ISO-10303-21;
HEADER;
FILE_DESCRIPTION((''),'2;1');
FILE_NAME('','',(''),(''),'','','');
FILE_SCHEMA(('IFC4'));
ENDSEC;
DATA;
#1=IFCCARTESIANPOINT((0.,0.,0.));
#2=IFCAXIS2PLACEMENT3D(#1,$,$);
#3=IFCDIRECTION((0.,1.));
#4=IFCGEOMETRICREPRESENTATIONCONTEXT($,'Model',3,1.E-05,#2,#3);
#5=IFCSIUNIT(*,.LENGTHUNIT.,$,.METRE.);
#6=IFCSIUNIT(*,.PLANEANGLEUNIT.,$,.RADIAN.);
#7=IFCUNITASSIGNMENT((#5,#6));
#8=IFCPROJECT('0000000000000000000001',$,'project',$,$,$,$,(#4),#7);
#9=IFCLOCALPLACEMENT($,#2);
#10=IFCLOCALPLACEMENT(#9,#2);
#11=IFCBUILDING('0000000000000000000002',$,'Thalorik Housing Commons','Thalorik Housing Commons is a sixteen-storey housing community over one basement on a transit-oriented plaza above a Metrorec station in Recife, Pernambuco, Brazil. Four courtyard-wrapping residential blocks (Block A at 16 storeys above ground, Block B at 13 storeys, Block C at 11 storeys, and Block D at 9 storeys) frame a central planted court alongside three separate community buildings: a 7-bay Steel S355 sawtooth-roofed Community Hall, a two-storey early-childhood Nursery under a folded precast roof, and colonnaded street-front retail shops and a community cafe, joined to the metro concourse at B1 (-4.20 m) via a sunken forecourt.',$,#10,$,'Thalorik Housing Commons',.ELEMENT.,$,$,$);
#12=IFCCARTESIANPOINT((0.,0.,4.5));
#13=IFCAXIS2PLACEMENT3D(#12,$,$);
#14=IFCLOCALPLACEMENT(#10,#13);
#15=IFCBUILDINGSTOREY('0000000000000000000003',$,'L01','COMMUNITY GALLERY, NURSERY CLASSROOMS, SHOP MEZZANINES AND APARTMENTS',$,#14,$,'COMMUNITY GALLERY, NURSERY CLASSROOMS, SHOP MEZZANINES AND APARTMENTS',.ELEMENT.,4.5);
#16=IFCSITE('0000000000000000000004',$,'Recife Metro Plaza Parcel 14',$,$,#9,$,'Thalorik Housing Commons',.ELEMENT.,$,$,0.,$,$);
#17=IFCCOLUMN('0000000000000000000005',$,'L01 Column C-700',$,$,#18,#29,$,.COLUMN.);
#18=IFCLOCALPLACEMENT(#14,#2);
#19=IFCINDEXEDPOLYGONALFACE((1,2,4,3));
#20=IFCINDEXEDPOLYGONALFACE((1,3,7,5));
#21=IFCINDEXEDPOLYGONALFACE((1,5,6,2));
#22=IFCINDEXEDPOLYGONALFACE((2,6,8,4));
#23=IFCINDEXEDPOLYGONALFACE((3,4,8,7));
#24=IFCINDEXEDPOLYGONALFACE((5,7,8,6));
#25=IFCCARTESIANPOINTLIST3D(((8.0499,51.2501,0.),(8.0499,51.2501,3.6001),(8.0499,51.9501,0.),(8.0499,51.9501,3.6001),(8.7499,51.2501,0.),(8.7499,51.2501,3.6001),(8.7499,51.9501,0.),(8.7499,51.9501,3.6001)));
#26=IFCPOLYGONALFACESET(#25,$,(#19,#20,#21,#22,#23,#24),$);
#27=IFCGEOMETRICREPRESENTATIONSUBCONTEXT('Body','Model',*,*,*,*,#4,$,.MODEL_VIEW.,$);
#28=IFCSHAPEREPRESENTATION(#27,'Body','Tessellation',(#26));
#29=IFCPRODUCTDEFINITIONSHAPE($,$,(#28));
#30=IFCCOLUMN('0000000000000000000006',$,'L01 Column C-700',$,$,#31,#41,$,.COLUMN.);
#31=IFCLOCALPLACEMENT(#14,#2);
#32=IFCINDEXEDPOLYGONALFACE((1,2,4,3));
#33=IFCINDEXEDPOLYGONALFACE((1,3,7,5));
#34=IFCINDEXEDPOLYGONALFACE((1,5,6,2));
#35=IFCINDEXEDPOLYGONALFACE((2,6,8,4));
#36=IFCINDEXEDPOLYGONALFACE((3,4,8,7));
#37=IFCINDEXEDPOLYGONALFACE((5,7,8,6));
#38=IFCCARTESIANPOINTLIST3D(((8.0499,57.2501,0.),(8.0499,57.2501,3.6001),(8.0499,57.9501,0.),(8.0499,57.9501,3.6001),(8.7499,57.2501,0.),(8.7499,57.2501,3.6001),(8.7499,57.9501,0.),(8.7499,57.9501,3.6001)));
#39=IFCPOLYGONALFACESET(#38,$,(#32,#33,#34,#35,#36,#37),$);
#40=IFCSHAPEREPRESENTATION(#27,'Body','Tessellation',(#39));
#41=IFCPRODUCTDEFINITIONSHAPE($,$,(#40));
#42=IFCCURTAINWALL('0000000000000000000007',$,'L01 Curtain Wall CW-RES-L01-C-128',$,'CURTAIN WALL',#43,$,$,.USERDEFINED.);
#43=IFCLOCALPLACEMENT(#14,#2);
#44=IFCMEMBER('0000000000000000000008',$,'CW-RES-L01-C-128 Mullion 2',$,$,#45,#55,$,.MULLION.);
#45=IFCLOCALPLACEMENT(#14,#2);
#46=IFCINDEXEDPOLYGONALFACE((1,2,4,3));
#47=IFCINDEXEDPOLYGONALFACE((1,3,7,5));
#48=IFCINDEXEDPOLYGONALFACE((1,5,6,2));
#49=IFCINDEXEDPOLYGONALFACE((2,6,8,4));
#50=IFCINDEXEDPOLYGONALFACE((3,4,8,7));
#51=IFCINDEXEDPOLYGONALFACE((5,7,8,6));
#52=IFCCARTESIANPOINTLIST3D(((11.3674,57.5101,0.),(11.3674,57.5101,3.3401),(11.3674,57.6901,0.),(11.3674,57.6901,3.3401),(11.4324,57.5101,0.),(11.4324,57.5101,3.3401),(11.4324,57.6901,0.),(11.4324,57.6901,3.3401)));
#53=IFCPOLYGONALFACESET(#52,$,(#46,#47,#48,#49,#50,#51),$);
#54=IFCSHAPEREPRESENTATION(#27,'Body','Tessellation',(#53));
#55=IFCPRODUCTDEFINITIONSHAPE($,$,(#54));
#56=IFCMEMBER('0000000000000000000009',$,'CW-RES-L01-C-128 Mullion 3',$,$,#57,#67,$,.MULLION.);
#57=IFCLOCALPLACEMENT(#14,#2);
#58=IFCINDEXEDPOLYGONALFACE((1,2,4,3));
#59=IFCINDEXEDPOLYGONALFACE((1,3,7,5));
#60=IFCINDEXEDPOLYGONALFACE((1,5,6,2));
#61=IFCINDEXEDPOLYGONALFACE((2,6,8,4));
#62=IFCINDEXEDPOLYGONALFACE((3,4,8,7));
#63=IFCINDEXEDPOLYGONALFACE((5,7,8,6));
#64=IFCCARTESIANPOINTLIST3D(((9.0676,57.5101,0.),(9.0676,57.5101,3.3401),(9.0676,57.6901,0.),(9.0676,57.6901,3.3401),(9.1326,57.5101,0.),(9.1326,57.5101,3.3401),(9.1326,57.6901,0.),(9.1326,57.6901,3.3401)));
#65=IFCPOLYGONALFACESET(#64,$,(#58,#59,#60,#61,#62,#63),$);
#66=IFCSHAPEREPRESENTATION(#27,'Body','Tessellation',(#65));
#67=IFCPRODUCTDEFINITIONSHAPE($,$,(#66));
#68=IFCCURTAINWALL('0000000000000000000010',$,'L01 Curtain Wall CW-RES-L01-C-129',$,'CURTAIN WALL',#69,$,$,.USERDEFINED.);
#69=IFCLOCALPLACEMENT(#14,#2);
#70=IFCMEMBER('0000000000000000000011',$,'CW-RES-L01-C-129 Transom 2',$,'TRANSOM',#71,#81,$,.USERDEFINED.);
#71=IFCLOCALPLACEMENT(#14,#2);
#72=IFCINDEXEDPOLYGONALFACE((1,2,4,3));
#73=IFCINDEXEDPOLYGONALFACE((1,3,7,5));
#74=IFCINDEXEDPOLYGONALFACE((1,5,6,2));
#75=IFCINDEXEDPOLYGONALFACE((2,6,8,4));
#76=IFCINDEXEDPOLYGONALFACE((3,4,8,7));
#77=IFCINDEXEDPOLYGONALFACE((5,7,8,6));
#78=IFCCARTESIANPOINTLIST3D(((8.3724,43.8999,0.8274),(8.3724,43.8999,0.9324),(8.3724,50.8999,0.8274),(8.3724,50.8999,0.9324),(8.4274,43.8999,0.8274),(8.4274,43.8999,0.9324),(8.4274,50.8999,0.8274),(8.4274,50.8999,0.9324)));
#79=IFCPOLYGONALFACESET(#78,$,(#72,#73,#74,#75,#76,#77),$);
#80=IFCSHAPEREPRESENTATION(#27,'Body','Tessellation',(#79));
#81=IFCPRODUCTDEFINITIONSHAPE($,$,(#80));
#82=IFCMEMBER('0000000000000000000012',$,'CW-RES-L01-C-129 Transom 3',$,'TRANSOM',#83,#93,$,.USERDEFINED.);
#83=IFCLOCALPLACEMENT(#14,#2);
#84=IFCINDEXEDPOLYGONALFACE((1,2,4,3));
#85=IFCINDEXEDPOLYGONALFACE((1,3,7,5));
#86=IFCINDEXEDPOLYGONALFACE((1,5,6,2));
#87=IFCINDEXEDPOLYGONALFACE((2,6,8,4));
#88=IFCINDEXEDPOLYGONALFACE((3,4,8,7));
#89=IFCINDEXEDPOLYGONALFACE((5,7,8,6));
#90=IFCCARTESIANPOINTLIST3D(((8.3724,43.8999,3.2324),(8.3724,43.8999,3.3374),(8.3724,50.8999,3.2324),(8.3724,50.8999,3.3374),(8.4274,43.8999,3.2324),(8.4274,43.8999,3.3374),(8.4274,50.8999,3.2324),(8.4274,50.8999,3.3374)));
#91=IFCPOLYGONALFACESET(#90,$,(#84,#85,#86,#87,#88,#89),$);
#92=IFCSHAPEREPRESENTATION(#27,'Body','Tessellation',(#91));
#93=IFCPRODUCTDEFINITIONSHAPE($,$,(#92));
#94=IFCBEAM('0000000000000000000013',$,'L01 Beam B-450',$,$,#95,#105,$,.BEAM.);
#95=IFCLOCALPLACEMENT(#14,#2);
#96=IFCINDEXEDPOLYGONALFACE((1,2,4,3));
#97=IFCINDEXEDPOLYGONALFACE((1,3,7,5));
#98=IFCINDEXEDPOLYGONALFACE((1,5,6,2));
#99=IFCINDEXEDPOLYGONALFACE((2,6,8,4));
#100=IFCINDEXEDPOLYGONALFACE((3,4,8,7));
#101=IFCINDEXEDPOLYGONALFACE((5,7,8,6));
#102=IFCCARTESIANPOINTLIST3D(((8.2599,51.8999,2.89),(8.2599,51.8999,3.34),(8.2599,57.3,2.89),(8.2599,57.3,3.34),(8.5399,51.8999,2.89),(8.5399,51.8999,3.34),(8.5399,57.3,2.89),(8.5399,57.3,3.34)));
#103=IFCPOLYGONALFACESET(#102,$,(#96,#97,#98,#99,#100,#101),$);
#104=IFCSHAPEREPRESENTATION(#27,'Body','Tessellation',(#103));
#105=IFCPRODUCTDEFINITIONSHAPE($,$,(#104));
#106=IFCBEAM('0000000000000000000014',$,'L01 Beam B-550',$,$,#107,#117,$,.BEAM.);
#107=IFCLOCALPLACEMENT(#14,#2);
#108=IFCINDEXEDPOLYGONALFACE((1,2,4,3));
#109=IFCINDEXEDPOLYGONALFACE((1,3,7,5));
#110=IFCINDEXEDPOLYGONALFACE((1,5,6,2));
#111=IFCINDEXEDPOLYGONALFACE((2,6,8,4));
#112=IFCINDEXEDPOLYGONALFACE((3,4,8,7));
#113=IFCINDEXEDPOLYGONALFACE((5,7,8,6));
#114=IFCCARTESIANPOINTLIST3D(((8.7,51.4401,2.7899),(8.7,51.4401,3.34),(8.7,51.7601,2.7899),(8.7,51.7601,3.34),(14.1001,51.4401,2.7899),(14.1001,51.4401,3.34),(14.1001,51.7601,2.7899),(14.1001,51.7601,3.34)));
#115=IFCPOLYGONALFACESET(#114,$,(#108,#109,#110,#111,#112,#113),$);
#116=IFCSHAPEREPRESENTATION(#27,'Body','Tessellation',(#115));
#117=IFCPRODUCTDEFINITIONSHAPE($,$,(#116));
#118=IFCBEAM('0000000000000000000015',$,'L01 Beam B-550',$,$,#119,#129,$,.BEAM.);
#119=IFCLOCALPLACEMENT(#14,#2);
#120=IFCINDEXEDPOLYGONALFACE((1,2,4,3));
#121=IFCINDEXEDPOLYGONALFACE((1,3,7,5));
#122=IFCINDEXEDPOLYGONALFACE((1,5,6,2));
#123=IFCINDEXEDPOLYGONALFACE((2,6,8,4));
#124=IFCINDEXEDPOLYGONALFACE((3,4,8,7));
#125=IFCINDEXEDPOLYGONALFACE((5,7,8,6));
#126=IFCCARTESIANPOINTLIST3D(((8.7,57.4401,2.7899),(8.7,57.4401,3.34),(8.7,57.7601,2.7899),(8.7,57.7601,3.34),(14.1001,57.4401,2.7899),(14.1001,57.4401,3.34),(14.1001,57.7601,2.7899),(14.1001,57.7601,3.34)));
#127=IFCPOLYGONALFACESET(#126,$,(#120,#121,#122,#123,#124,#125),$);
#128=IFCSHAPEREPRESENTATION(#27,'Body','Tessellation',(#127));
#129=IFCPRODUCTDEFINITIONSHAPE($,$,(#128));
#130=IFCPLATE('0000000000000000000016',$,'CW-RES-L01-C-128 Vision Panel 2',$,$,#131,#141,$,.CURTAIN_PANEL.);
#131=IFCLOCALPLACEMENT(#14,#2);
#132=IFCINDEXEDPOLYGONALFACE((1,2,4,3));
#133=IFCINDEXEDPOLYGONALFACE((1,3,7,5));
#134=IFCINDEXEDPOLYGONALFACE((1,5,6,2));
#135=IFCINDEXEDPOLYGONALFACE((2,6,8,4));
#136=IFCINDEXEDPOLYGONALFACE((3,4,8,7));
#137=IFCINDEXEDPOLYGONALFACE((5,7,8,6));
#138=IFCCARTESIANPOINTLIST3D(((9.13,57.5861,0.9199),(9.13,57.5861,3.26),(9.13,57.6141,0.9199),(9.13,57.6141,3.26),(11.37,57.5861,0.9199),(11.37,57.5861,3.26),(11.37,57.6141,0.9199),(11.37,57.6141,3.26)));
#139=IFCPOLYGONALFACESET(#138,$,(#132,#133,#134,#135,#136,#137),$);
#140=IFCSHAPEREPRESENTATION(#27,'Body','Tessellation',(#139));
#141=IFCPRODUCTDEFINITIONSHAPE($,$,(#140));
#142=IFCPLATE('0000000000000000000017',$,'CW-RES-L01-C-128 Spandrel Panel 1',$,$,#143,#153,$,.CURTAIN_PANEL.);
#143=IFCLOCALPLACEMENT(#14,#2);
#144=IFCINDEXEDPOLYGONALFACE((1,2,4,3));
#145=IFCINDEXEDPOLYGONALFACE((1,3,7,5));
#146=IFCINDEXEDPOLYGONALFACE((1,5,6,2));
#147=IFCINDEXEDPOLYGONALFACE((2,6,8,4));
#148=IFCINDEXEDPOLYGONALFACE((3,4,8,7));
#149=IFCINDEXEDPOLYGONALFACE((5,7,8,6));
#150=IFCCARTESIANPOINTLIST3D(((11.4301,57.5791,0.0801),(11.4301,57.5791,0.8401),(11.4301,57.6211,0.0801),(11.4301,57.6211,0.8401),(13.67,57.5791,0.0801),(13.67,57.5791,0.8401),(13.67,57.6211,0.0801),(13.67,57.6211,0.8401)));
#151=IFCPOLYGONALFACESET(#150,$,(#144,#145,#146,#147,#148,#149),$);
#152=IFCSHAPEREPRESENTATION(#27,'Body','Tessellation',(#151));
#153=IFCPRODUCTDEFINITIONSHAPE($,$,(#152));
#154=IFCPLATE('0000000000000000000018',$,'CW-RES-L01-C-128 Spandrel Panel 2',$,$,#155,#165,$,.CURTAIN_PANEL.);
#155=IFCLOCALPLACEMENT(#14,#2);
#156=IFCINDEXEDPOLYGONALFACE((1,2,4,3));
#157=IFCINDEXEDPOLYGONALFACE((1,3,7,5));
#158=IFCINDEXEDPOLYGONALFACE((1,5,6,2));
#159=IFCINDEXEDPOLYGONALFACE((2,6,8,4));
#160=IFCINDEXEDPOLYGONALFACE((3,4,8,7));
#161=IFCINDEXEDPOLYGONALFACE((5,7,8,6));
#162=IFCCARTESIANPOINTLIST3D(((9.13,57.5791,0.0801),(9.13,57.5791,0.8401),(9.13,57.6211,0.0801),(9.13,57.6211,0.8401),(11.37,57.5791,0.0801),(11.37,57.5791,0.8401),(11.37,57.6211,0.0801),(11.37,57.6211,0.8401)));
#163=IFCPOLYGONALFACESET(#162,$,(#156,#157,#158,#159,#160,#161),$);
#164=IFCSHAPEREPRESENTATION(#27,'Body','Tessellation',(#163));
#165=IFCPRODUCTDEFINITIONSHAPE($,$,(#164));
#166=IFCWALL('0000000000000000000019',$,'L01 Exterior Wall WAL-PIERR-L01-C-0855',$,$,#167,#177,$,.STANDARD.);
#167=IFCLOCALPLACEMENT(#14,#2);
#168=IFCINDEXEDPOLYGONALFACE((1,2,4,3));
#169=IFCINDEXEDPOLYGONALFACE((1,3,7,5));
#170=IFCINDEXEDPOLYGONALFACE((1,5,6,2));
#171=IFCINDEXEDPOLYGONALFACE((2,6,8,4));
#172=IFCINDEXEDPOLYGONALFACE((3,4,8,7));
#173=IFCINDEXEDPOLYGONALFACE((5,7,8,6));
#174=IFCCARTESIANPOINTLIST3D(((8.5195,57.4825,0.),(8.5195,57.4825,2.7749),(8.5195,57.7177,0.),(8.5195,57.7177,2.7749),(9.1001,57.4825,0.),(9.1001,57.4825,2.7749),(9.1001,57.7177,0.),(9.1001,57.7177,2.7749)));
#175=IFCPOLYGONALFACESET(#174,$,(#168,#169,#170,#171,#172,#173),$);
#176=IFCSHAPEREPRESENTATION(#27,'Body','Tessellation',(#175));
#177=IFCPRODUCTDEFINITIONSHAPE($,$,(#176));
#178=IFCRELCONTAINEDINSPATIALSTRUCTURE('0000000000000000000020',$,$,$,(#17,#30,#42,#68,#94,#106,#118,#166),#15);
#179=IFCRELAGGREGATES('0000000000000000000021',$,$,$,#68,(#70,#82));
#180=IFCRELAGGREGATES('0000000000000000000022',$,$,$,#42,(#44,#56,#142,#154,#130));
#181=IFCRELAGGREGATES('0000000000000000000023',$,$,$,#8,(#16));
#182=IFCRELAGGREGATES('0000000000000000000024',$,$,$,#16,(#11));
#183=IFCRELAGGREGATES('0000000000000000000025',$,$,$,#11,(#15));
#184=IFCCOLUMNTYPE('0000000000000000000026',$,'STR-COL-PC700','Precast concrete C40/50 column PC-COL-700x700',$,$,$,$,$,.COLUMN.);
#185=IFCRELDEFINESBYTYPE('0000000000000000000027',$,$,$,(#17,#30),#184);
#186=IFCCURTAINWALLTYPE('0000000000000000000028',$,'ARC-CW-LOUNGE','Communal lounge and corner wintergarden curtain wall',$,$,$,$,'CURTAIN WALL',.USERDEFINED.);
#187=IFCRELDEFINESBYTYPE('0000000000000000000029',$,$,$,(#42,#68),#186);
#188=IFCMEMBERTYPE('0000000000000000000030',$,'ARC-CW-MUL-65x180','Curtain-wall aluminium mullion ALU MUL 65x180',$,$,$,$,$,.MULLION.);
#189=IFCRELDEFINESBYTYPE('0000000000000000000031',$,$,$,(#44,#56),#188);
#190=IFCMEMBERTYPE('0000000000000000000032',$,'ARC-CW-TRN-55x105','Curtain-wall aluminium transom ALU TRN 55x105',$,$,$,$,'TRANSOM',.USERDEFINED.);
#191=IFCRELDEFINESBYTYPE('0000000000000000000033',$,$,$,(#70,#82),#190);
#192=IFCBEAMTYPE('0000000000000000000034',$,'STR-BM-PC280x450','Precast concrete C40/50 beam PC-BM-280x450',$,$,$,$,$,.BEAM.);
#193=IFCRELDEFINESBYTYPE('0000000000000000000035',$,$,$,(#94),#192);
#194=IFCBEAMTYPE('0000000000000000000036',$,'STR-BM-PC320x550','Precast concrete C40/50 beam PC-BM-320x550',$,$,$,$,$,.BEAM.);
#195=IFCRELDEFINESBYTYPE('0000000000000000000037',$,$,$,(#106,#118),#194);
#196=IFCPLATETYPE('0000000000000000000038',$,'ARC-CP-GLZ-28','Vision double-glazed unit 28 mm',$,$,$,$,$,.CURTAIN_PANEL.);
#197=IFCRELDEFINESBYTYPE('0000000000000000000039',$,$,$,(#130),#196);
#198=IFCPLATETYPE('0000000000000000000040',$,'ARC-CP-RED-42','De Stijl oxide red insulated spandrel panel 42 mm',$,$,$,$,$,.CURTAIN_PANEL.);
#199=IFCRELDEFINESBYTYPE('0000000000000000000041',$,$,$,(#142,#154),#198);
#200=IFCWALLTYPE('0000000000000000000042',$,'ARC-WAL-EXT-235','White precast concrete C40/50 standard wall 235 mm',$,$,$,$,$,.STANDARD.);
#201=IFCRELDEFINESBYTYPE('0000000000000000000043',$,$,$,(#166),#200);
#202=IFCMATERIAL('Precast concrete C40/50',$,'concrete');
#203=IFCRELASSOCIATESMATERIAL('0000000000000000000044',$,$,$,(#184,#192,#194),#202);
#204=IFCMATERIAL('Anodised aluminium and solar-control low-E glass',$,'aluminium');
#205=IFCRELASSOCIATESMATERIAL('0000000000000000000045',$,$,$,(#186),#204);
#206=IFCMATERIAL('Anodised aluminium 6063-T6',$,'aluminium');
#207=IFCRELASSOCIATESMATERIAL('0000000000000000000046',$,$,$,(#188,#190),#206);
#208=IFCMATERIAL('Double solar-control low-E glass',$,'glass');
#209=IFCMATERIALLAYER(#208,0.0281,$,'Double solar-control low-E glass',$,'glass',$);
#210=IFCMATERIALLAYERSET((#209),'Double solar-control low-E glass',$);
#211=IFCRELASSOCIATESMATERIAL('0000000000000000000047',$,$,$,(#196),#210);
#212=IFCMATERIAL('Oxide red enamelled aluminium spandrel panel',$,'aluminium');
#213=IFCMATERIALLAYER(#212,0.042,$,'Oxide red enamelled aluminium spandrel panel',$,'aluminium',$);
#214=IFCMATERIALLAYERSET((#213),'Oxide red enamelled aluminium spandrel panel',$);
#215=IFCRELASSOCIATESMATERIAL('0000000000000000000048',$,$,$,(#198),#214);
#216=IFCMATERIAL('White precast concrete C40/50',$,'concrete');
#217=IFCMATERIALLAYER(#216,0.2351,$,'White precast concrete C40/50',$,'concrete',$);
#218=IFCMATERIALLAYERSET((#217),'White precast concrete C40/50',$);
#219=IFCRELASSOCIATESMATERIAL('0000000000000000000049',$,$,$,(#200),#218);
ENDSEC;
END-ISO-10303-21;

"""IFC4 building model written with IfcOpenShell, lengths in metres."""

from ifc_helpers import new_model, si_unit, direction, frame, frame_2d, origin, origin_2d, place, context, subcontext, project, spatial, rectangle, extrude, material, layer, layer_set, material_profile, profile_set, type_object, element, aggregate, save


model = new_model("IFC4")

# Units and contexts
model_context = context("Model", 3, precision=1e-05, world=origin(), true_north=direction((0.0, 1.0)))
body_context = subcontext(model_context, "Body", "Model", "MODEL_VIEW")
ifc_project = project(units=[si_unit("LENGTHUNIT", "METRE"), si_unit("PLANEANGLEUNIT", "RADIAN")], contexts=[model_context])

# Site, building, storey
site_placement = place(None, origin())
site = spatial("IfcSite", under=ifc_project, at=site_placement, Name="Recife Metro Plaza Parcel 14", LongName="Thalorik Housing Commons", CompositionType="ELEMENT", RefElevation=0.0)
building_placement = place(site_placement, origin())
building = spatial("IfcBuilding", under=site, at=building_placement, Name="Thalorik Housing Commons", Description="Thalorik Housing Commons is a sixteen-storey housing community over one basement on a transit-oriented plaza above a Metrorec station in Recife, Pernambuco, Brazil. Four courtyard-wrapping residential blocks (Block A at 16 storeys above ground, Block B at 13 storeys, Block C at 11 storeys, and Block D at 9 storeys) frame a central planted court alongside three separate community buildings: a 7-bay Steel S355 sawtooth-roofed Community Hall, a two-storey early-childhood Nursery under a folded precast roof, and colonnaded street-front retail shops and a community cafe, joined to the metro concourse at B1 (-4.20 m) via a sunken forecourt.", LongName="Thalorik Housing Commons", CompositionType="ELEMENT")
storey_placement = place(building_placement, frame((0.0, 0.0, 4.5)))
storey = spatial("IfcBuildingStorey", under=building, at=storey_placement, Name="L01", Description="COMMUNITY GALLERY, NURSERY CLASSROOMS, SHOP MEZZANINES AND APARTMENTS", LongName="COMMUNITY GALLERY, NURSERY CLASSROOMS, SHOP MEZZANINES AND APARTMENTS", CompositionType="ELEMENT", Elevation=4.5)

# Columns
ifc_material_1 = material(Name="Precast concrete C40/50", Category="concrete")
ifc_material_profile_1 = material_profile(ifc_material_1, rectangle(XDim=0.7, YDim=0.7, at=origin_2d()), Name="PC 700x700", Category="concrete")
ifc_profile_set_1 = profile_set([ifc_material_profile_1], Name="Precast concrete C40/50")
column_type = type_object("IfcColumnType", Name="STR-COL-PC700", Description="Precast concrete C40/50 column PC-COL-700x700", PredefinedType="COLUMN", material=ifc_profile_set_1)
for number, where, z_axis, x_axis, name in (
    (1, (8.3999, 51.6001, 0.0), (0.0, 0.0, 1.0), (1.0, 0.0, 0.0), "L01 Column C-700"),
    (2, (8.3999, 57.6001, 0.0), (0.0, 0.0, 1.0), (1.0, 0.0, 0.0), "L01 Column C-700"),
):
    element("IfcColumn", number, at=place(storey_placement, frame(where, z_axis=z_axis, x_axis=x_axis)), inside=storey, type_object=column_type, Name=name, PredefinedType="COLUMN", context=body_context, shape_type="SweptSolid", body=[
        extrude(rectangle(XDim=0.7, YDim=0.7, at=origin_2d()), origin(), (0.0, 0.0, 1.0), 3.6001),
    ])

# Curtain walls, members
ifc_material_2 = material(Name="Anodised aluminium and solar-control low-E glass", Category="aluminium")
curtain_wall_type = type_object("IfcCurtainWallType", Name="ARC-CW-LOUNGE", Description="Communal lounge and corner wintergarden curtain wall", ElementType="CURTAIN WALL", PredefinedType="USERDEFINED", material=ifc_material_2)
curtain_wall_1_placement = place(storey_placement, origin())
curtain_wall_1 = element("IfcCurtainWall", 3, at=curtain_wall_1_placement, inside=storey, type_object=curtain_wall_type, Name="L01 Curtain Wall CW-RES-L01-C-128", ObjectType="CURTAIN WALL", PredefinedType="USERDEFINED")
ifc_material_3 = material(Name="Anodised aluminium 6063-T6", Category="aluminium")
ifc_material_profile_2 = material_profile(ifc_material_3, rectangle(XDim=0.0649, YDim=0.1799, at=origin_2d()), Name="ALU MUL 65x180", Category="aluminium")
ifc_profile_set_2 = profile_set([ifc_material_profile_2], Name="Anodised aluminium 6063-T6")
member_type_1 = type_object("IfcMemberType", Name="ARC-CW-MUL-65x180", Description="Curtain-wall aluminium mullion ALU MUL 65x180", PredefinedType="MULLION", material=ifc_profile_set_2)
member_1_placement = place(storey_placement, frame((11.3999, 57.6001, 0.0), z_axis=(0.0, 0.0, 1.0), x_axis=(-1.0, 0.0, 0.0)))
member_1 = element("IfcMember", 4, at=member_1_placement, type_object=member_type_1, Name="CW-RES-L01-C-128 Mullion 2", PredefinedType="MULLION", context=body_context, shape_type="SweptSolid", body=[
    extrude(rectangle(XDim=0.0649, YDim=0.1799, at=origin_2d()), origin(), (0.0, 0.0, 1.0), 3.3401),
])
member_2_placement = place(storey_placement, frame((9.1001, 57.6001, 0.0), z_axis=(0.0, 0.0, 1.0), x_axis=(-1.0, 0.0, 0.0)))
member_2 = element("IfcMember", 5, at=member_2_placement, type_object=member_type_1, Name="CW-RES-L01-C-128 Mullion 3", PredefinedType="MULLION", context=body_context, shape_type="SweptSolid", body=[
    extrude(rectangle(XDim=0.0649, YDim=0.1799, at=origin_2d()), origin(), (0.0, 0.0, 1.0), 3.3401),
])
curtain_wall_2_placement = place(storey_placement, origin())
curtain_wall_2 = element("IfcCurtainWall", 6, at=curtain_wall_2_placement, inside=storey, type_object=curtain_wall_type, Name="L01 Curtain Wall CW-RES-L01-C-129", ObjectType="CURTAIN WALL", PredefinedType="USERDEFINED")
ifc_material_profile_3 = material_profile(ifc_material_3, rectangle(XDim=0.0549, YDim=0.105, at=origin_2d()), Name="ALU TRN 55x105", Category="aluminium")
ifc_profile_set_3 = profile_set([ifc_material_profile_3], Name="Anodised aluminium 6063-T6")
member_type_2 = type_object("IfcMemberType", Name="ARC-CW-TRN-55x105", Description="Curtain-wall aluminium transom ALU TRN 55x105", ElementType="TRANSOM", PredefinedType="USERDEFINED", material=ifc_profile_set_3)
member_3_placement = place(storey_placement, frame((8.3999, 50.8999, 0.8799), z_axis=(0.0, -1.0, 0.0), x_axis=(1.0, 0.0, 0.0)))
member_3 = element("IfcMember", 7, at=member_3_placement, type_object=member_type_2, Name="CW-RES-L01-C-129 Transom 2", ObjectType="TRANSOM", PredefinedType="USERDEFINED", context=body_context, shape_type="SweptSolid", body=[
    extrude(rectangle(XDim=0.0549, YDim=0.105, at=origin_2d()), origin(), (0.0, 0.0, 1.0), 7.0),
])
member_4_placement = place(storey_placement, frame((8.3999, 50.8999, 3.2849), z_axis=(0.0, -1.0, 0.0), x_axis=(1.0, 0.0, 0.0)))
member_4 = element("IfcMember", 8, at=member_4_placement, type_object=member_type_2, Name="CW-RES-L01-C-129 Transom 3", ObjectType="TRANSOM", PredefinedType="USERDEFINED", context=body_context, shape_type="SweptSolid", body=[
    extrude(rectangle(XDim=0.0549, YDim=0.105, at=origin_2d()), origin(), (0.0, 0.0, 1.0), 7.0),
])
aggregate(curtain_wall_2, [member_3, member_4])

# Beams
ifc_material_profile_4 = material_profile(ifc_material_1, rectangle(XDim=0.28, YDim=0.45, at=origin_2d()), Name="PC 280x450", Category="concrete")
ifc_profile_set_4 = profile_set([ifc_material_profile_4], Name="Precast concrete C40/50")
beam_type_1 = type_object("IfcBeamType", Name="STR-BM-PC280x450", Description="Precast concrete C40/50 beam PC-BM-280x450", PredefinedType="BEAM", material=ifc_profile_set_4)
beam_placement = place(storey_placement, frame((8.3999, 51.8999, 3.115), z_axis=(0.0, 1.0, 0.0), x_axis=(-1.0, 0.0, 0.0)))
element("IfcBeam", 9, at=beam_placement, inside=storey, type_object=beam_type_1, Name="L01 Beam B-450", PredefinedType="BEAM", context=body_context, shape_type="SweptSolid", body=[
    extrude(rectangle(XDim=0.28, YDim=0.45, at=origin_2d()), origin(), (0.0, 0.0, 1.0), 5.4001),
])
ifc_material_profile_5 = material_profile(ifc_material_1, rectangle(XDim=0.3201, YDim=0.55, at=origin_2d()), Name="PC 320x550", Category="concrete")
ifc_profile_set_5 = profile_set([ifc_material_profile_5], Name="Precast concrete C40/50")
beam_type_2 = type_object("IfcBeamType", Name="STR-BM-PC320x550", Description="Precast concrete C40/50 beam PC-BM-320x550", PredefinedType="BEAM", material=ifc_profile_set_5)
for number, where, z_axis, x_axis, name in (
    (10, (8.7, 51.6001, 3.0649), (1.0, 0.0, 0.0), (0.0, 1.0, 0.0), "L01 Beam B-550"),
    (11, (8.7, 57.6001, 3.0649), (1.0, 0.0, 0.0), (0.0, 1.0, 0.0), "L01 Beam B-550"),
):
    element("IfcBeam", number, at=place(storey_placement, frame(where, z_axis=z_axis, x_axis=x_axis)), inside=storey, type_object=beam_type_2, Name=name, PredefinedType="BEAM", context=body_context, shape_type="SweptSolid", body=[
        extrude(rectangle(XDim=0.3201, YDim=0.55, at=origin_2d()), origin(), (0.0, 0.0, 1.0), 5.4001),
    ])

# Plates
ifc_material_4 = material(Name="Double solar-control low-E glass", Category="glass")
ifc_layer_1 = layer(ifc_material_4, 0.0281, Name="Double solar-control low-E glass", Category="glass")
ifc_layer_set_1 = layer_set([ifc_layer_1], Name="Double solar-control low-E glass")
plate_type_1 = type_object("IfcPlateType", Name="ARC-CP-GLZ-28", Description="Vision double-glazed unit 28 mm", PredefinedType="CURTAIN_PANEL", material=ifc_layer_set_1)
plate_1_placement = place(storey_placement, frame((10.25, 57.6001, 0.9199), z_axis=(0.0, 0.0, 1.0), x_axis=(-1.0, 0.0, 0.0)))
plate_1 = element("IfcPlate", 12, at=plate_1_placement, type_object=plate_type_1, Name="CW-RES-L01-C-128 Vision Panel 2", PredefinedType="CURTAIN_PANEL", context=body_context, shape_type="SweptSolid", body=[
    extrude(rectangle(XDim=2.24, YDim=0.0281, at=origin_2d()), origin(), (0.0, 0.0, 1.0), 2.3401),
])
ifc_material_5 = material(Name="Oxide red enamelled aluminium spandrel panel", Category="aluminium")
ifc_layer_2 = layer(ifc_material_5, 0.042, Name="Oxide red enamelled aluminium spandrel panel", Category="aluminium")
ifc_layer_set_2 = layer_set([ifc_layer_2], Name="Oxide red enamelled aluminium spandrel panel")
plate_type_2 = type_object("IfcPlateType", Name="ARC-CP-RED-42", Description="De Stijl oxide red insulated spandrel panel 42 mm", PredefinedType="CURTAIN_PANEL", material=ifc_layer_set_2)
plate_2_placement = place(storey_placement, frame((12.55, 57.6001, 0.0801), z_axis=(0.0, 0.0, 1.0), x_axis=(-1.0, 0.0, 0.0)))
plate_2 = element("IfcPlate", 13, at=plate_2_placement, type_object=plate_type_2, Name="CW-RES-L01-C-128 Spandrel Panel 1", PredefinedType="CURTAIN_PANEL", context=body_context, shape_type="SweptSolid", body=[
    extrude(rectangle(XDim=2.24, YDim=0.042, at=origin_2d()), origin(), (0.0, 0.0, 1.0), 0.76),
])
plate_3_placement = place(storey_placement, frame((10.25, 57.6001, 0.0801), z_axis=(0.0, 0.0, 1.0), x_axis=(-1.0, 0.0, 0.0)))
plate_3 = element("IfcPlate", 14, at=plate_3_placement, type_object=plate_type_2, Name="CW-RES-L01-C-128 Spandrel Panel 2", PredefinedType="CURTAIN_PANEL", context=body_context, shape_type="SweptSolid", body=[
    extrude(rectangle(XDim=2.24, YDim=0.042, at=origin_2d()), origin(), (0.0, 0.0, 1.0), 0.76),
])
aggregate(curtain_wall_1, [member_1, member_2, plate_2, plate_3, plate_1])

# Wall
ifc_material_6 = material(Name="White precast concrete C40/50", Category="concrete")
ifc_layer_3 = layer(ifc_material_6, 0.2351, Name="White precast concrete C40/50", Category="concrete")
ifc_layer_set_3 = layer_set([ifc_layer_3], Name="White precast concrete C40/50")
wall_type = type_object("IfcWallType", Name="ARC-WAL-EXT-235", Description="White precast concrete C40/50 standard wall 235 mm", PredefinedType="STANDARD", material=ifc_layer_set_3)
wall_1_placement = place(storey_placement, frame((9.1001, 57.6001, 0.0), z_axis=(0.0, 0.0, 1.0), x_axis=(-1.0, 0.0, 0.0)))
element("IfcWall", 15, at=wall_1_placement, inside=storey, type_object=wall_type, Name="L01 Exterior Wall WAL-PIERR-L01-C-0855", PredefinedType="STANDARD", context=body_context, shape_type="SweptSolid", body=[
    extrude(rectangle(XDim=0.5806, YDim=0.2351, at=frame_2d((0.2903, 0.0))), origin(), (0.0, 0.0, 1.0), 2.7749),
])

save(model, "model.ifc")
